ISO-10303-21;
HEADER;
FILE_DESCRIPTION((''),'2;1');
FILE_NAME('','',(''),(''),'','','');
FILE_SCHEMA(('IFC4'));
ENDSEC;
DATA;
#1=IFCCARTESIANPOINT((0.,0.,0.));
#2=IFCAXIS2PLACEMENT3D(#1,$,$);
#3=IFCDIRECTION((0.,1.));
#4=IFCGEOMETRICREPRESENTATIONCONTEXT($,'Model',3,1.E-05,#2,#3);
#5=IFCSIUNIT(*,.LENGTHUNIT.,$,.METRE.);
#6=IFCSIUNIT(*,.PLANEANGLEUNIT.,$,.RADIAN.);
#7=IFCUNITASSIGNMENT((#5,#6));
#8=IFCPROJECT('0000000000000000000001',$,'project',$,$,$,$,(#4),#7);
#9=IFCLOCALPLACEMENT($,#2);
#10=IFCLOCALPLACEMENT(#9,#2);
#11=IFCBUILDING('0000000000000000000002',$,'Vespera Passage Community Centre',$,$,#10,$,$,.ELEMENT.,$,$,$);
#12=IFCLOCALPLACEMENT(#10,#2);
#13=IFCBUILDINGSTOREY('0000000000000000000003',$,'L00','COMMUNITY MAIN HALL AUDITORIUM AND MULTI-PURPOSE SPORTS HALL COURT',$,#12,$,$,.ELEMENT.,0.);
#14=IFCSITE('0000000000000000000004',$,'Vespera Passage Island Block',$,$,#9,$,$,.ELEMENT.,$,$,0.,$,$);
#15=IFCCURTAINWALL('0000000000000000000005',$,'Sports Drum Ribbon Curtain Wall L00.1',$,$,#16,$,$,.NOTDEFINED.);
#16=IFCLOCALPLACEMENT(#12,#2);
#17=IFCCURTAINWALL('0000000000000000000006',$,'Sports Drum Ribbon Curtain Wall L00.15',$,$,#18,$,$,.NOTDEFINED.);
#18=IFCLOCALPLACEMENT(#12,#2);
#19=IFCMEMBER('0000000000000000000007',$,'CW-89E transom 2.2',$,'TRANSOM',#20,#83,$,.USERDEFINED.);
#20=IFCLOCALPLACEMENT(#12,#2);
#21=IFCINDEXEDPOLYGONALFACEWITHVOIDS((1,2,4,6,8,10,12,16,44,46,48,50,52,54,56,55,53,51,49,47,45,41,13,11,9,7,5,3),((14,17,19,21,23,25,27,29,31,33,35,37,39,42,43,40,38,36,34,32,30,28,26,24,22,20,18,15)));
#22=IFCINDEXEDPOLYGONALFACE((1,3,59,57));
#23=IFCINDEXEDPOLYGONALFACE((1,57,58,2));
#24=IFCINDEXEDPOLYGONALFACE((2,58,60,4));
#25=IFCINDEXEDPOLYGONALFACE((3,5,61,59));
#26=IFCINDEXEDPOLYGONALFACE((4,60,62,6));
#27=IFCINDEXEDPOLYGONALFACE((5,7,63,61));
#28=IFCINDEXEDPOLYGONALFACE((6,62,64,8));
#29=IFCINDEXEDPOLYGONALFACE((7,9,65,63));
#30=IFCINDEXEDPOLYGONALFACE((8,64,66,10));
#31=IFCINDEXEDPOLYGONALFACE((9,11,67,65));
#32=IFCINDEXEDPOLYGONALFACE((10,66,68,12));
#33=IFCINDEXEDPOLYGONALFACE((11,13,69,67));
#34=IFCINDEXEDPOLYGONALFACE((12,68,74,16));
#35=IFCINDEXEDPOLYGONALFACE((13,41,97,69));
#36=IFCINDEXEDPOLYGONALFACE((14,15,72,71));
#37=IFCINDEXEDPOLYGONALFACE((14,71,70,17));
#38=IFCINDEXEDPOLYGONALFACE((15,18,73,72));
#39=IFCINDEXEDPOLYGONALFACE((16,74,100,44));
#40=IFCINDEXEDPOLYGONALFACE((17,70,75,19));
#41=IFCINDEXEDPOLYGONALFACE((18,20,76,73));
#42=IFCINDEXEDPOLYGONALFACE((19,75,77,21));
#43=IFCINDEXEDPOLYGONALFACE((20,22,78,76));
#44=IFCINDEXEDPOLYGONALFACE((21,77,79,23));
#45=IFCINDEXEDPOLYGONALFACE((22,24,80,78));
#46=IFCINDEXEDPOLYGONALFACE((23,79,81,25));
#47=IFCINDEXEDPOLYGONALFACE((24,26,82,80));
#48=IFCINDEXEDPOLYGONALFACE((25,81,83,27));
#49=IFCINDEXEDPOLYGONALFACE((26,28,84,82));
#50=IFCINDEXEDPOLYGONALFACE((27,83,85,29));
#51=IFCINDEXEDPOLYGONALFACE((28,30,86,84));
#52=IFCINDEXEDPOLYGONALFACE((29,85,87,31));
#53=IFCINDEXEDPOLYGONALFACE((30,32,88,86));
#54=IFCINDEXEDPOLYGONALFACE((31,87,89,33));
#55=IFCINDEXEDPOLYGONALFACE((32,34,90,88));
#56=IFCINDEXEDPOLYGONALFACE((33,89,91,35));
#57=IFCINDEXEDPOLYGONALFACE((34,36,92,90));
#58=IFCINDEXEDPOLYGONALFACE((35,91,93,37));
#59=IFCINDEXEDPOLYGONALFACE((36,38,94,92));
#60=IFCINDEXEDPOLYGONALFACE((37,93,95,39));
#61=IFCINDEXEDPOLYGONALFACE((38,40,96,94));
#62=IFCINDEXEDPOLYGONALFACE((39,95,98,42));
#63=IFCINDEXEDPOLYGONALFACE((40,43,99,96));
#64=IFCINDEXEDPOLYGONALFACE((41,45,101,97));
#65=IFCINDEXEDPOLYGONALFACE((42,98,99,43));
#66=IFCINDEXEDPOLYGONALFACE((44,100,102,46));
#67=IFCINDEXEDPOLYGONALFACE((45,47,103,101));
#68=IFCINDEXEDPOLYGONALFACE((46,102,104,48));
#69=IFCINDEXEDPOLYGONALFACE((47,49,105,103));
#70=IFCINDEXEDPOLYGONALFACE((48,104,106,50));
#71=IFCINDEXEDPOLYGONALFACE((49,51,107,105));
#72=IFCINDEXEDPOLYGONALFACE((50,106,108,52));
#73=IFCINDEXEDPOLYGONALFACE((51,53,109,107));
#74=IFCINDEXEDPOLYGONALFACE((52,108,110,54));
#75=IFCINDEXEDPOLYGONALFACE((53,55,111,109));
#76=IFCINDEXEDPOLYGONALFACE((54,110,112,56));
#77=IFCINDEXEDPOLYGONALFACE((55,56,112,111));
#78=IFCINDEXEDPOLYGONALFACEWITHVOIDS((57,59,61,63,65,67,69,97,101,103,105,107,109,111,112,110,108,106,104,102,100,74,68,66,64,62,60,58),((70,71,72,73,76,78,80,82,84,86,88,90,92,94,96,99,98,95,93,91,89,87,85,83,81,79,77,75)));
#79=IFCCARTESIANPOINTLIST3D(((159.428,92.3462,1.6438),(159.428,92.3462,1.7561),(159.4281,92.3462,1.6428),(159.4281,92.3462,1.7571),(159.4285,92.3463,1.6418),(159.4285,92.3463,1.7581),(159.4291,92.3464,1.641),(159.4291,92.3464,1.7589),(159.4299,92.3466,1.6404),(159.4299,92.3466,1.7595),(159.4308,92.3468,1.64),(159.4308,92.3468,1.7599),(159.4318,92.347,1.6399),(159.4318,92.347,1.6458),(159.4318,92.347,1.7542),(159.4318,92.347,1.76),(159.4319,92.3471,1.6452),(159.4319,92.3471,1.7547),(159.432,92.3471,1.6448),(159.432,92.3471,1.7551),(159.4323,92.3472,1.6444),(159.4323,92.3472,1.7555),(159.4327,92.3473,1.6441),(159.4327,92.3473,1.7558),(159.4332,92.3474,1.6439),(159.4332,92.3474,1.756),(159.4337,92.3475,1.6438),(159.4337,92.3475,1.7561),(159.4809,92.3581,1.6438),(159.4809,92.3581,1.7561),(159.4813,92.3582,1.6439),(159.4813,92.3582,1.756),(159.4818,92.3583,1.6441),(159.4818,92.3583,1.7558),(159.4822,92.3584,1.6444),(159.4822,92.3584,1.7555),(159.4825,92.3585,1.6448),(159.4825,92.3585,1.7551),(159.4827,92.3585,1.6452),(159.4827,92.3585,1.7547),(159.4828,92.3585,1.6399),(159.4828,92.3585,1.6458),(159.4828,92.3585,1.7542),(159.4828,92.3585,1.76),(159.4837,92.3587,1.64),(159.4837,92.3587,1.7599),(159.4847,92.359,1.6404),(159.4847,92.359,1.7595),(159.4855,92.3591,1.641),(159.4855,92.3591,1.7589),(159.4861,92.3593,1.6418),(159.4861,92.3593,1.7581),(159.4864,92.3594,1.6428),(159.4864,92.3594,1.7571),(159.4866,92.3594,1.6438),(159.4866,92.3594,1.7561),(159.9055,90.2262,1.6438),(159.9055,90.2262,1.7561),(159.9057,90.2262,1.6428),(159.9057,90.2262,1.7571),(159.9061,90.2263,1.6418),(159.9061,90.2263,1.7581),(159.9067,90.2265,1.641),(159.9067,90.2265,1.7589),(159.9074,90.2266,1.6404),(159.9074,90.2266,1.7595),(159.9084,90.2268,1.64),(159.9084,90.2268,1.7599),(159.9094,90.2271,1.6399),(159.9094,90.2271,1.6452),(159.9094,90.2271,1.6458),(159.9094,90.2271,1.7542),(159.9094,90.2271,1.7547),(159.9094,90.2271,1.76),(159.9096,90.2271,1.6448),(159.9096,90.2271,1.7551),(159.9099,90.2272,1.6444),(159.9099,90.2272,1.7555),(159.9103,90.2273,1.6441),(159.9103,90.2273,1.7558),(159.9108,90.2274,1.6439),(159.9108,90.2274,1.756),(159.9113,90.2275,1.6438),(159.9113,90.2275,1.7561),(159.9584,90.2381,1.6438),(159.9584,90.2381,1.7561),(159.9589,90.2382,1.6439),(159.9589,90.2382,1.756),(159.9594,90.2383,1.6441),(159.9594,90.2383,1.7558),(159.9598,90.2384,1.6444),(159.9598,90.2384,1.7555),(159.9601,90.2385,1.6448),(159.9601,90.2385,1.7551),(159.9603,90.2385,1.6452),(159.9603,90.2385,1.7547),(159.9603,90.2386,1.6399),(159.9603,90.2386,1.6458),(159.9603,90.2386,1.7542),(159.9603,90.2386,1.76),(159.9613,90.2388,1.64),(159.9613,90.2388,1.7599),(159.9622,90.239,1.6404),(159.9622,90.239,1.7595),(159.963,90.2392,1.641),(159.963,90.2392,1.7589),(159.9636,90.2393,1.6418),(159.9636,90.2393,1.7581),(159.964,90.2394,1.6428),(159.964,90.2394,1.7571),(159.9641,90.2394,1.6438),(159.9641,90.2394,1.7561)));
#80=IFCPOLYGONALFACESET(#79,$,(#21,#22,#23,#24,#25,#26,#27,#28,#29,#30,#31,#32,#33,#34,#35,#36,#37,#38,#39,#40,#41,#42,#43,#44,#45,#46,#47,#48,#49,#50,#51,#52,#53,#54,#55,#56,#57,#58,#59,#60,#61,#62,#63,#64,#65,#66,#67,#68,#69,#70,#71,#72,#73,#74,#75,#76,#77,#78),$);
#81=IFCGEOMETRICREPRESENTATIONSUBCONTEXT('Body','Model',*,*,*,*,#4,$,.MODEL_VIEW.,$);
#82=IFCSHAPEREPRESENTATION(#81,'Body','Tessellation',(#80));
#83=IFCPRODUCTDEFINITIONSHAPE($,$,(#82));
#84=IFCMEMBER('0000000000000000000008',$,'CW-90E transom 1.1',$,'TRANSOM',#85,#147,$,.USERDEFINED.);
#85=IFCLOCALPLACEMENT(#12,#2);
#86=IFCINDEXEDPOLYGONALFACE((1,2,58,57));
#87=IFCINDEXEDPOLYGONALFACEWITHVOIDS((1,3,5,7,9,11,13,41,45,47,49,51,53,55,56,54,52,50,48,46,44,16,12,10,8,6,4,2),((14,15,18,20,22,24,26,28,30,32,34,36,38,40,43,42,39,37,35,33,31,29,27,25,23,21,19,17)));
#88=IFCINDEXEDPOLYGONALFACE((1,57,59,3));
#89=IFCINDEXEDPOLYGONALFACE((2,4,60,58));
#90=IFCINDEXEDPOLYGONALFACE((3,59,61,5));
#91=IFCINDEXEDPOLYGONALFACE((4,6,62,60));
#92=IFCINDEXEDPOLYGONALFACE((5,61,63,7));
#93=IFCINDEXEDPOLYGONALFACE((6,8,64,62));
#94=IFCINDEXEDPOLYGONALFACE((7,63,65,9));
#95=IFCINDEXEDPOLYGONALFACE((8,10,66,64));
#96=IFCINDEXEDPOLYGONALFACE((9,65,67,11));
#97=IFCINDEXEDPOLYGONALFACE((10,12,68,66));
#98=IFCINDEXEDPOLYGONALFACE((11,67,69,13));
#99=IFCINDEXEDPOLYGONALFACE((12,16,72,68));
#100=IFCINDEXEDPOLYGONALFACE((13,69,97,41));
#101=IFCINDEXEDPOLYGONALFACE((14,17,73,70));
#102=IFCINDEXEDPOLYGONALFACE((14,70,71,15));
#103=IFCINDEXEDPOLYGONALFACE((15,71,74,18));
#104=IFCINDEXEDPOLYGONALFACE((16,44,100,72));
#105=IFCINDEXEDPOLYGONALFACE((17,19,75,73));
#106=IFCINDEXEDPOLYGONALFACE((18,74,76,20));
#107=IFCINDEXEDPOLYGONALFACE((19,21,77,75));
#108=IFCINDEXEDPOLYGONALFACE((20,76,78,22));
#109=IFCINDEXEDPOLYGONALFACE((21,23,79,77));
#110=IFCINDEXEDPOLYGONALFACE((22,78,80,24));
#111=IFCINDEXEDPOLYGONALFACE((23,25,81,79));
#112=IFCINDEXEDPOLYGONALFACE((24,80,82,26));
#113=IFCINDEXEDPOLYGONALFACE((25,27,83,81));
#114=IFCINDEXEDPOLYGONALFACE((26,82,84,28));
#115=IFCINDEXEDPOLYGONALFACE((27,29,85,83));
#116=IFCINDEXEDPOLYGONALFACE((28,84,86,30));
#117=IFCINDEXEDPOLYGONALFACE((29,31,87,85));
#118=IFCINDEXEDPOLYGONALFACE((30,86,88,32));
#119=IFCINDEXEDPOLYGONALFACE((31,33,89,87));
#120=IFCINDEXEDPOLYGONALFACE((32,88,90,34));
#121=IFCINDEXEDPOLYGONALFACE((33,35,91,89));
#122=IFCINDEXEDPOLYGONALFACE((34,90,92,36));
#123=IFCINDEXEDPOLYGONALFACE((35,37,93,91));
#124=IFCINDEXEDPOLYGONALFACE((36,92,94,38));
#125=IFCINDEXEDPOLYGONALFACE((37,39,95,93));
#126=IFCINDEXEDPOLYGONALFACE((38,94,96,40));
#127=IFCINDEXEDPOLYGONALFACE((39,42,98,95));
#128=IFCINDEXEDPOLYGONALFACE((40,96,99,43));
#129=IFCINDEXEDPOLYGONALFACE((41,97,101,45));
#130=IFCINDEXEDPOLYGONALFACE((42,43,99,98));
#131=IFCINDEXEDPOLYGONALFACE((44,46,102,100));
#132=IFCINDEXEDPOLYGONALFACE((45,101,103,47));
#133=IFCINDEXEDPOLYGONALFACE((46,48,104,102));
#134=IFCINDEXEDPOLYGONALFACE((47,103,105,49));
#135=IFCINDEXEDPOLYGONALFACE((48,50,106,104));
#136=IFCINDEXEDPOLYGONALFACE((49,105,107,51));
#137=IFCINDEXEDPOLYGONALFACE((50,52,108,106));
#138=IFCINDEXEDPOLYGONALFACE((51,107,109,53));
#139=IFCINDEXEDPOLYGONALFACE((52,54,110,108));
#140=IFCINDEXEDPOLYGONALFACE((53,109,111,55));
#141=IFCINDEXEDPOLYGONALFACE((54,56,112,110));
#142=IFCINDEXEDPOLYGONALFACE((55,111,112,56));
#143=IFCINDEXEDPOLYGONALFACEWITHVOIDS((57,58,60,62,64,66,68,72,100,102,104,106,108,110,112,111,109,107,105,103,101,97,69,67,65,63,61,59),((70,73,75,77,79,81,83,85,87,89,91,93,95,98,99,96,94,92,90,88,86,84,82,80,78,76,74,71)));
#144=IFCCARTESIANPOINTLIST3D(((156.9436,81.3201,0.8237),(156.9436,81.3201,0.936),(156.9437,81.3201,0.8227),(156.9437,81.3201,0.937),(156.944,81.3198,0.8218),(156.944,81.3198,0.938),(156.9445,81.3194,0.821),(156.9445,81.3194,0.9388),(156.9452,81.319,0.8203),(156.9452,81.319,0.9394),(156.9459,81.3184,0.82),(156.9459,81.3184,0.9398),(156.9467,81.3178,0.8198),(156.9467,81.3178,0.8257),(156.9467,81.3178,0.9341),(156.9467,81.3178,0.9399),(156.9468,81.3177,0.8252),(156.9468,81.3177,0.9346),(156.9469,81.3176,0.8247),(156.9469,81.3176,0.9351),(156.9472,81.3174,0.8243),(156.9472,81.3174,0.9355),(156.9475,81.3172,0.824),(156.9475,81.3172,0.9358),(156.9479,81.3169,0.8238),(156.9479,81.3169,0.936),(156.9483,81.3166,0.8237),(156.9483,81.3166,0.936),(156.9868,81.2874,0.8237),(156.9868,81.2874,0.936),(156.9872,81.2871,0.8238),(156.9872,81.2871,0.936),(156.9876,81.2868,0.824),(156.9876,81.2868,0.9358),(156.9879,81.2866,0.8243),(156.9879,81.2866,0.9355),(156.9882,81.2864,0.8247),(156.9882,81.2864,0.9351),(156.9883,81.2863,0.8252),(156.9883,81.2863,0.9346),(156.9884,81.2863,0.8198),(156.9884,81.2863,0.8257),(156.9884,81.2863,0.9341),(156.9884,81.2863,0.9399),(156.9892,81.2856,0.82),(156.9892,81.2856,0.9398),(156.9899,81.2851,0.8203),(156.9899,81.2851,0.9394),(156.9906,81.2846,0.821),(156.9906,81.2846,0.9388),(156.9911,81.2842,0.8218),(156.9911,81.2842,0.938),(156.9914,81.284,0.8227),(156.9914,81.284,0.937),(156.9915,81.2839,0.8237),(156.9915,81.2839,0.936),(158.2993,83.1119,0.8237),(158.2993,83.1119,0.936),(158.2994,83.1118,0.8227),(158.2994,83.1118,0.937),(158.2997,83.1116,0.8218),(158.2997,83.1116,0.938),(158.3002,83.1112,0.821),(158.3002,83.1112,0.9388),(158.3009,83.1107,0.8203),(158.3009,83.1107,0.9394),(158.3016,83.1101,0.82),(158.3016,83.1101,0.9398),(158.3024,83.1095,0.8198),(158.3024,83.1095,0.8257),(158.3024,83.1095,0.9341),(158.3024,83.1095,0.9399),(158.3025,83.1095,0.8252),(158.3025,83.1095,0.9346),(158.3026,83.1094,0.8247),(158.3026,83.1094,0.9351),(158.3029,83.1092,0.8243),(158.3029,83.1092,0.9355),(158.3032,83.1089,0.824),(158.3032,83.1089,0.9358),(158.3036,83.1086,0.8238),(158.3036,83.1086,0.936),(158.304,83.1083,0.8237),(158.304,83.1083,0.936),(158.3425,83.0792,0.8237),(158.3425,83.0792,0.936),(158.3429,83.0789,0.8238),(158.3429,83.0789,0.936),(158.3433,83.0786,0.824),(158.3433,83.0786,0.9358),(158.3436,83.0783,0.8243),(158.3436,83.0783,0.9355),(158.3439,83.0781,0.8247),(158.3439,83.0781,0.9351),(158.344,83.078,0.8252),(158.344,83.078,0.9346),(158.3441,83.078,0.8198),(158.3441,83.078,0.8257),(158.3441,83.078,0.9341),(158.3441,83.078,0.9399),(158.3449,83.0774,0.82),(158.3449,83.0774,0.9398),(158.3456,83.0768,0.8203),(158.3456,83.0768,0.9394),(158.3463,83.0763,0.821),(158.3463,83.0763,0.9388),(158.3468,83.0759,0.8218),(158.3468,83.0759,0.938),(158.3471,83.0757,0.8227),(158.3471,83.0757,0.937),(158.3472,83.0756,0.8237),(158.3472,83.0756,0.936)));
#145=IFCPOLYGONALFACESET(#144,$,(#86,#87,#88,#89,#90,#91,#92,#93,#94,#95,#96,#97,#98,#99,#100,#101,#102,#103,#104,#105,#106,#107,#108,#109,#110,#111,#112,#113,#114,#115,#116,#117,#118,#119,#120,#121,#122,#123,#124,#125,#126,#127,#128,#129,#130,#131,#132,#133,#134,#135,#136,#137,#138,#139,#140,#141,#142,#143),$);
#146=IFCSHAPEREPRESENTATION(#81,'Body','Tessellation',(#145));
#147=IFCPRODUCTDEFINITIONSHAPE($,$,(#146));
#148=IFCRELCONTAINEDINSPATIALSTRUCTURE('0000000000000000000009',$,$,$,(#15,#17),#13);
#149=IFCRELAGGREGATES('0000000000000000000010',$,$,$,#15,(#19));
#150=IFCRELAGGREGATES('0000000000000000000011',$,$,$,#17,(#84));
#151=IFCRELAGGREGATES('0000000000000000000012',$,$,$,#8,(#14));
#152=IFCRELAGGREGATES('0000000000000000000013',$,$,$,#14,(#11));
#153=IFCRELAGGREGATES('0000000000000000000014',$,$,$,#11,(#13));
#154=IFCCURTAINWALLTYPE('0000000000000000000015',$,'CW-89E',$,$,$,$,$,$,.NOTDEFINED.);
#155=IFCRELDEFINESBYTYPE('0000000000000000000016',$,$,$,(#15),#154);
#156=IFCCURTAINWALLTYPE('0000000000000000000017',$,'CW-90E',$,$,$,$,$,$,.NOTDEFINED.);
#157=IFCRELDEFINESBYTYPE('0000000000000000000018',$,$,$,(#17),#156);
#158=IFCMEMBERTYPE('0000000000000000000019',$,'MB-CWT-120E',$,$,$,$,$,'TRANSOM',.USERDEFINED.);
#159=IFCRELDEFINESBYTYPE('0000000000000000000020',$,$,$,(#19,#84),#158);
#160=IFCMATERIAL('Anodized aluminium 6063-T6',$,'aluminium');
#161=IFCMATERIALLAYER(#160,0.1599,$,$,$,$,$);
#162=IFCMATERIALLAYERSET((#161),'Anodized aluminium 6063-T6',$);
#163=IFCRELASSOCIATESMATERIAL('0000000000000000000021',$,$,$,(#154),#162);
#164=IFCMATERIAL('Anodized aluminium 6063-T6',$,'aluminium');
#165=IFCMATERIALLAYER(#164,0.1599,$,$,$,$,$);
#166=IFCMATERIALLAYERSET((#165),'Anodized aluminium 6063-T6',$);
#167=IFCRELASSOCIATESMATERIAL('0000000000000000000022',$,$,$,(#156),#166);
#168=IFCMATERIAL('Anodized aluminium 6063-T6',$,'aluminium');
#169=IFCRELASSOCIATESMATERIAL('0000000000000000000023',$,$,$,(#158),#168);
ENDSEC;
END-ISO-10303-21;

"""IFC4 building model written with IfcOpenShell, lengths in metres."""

from ifc_helpers import new_model, si_unit, direction, frame, origin, origin_2d, place, context, subcontext, project, spatial, hollow_rectangle, extrude, material, layer, layer_set, material_profile, profile_set, type_object, element, aggregate, save


model = new_model("IFC4")

# Units and contexts
model_context = context("Model", 3, precision=1e-05, world=origin(), true_north=direction((0.0, 1.0)))
body_context = subcontext(model_context, "Body", "Model", "MODEL_VIEW")
ifc_project = project(units=[si_unit("LENGTHUNIT", "METRE"), si_unit("PLANEANGLEUNIT", "RADIAN")], contexts=[model_context])

# Site, building, storey
site_placement = place(None, origin())
site = spatial("IfcSite", under=ifc_project, at=site_placement, Name="Vespera Passage Island Block", CompositionType="ELEMENT", RefElevation=0.0)
building_placement = place(site_placement, origin())
building = spatial("IfcBuilding", under=site, at=building_placement, Name="Vespera Passage Community Centre", CompositionType="ELEMENT")
storey_placement = place(building_placement, origin())
storey = spatial("IfcBuildingStorey", under=building, at=storey_placement, Name="L00", Description="COMMUNITY MAIN HALL AUDITORIUM AND MULTI-PURPOSE SPORTS HALL COURT", CompositionType="ELEMENT", Elevation=0.0)

# Curtain wall
ifc_material_1 = material(Name="Anodized aluminium 6063-T6", Category="aluminium")
ifc_layer_1 = layer(ifc_material_1, 0.1599)
ifc_layer_set_1 = layer_set([ifc_layer_1], Name="Anodized aluminium 6063-T6")
curtain_wall_type_1 = type_object("IfcCurtainWallType", Name="CW-89E", PredefinedType="NOTDEFINED", material=ifc_layer_set_1)
curtain_wall_1_placement = place(storey_placement, origin())
curtain_wall_1 = element("IfcCurtainWall", 1, at=curtain_wall_1_placement, inside=storey, type_object=curtain_wall_type_1, Name="Sports Drum Ribbon Curtain Wall L00.1", PredefinedType="NOTDEFINED")

# Curtain wall
ifc_material_2 = material(Name="Anodized aluminium 6063-T6", Category="aluminium")
ifc_layer_2 = layer(ifc_material_2, 0.1599)
ifc_layer_set_2 = layer_set([ifc_layer_2], Name="Anodized aluminium 6063-T6")
curtain_wall_type_2 = type_object("IfcCurtainWallType", Name="CW-90E", PredefinedType="NOTDEFINED", material=ifc_layer_set_2)
curtain_wall_2_placement = place(storey_placement, origin())
curtain_wall_2 = element("IfcCurtainWall", 2, at=curtain_wall_2_placement, inside=storey, type_object=curtain_wall_type_2, Name="Sports Drum Ribbon Curtain Wall L00.15", PredefinedType="NOTDEFINED")

# Members
ifc_material_3 = material(Name="Anodized aluminium 6063-T6", Category="aluminium")
ifc_material_profile_1 = material_profile(ifc_material_3, hollow_rectangle(XDim=0.0601, YDim=0.1201, WallThickness=0.0039, InnerFilletRadius=0.002, OuterFilletRadius=0.0039, at=origin_2d()), Name="ALU120X60X4")
ifc_profile_set_1 = profile_set([ifc_material_profile_1], Name="Anodized aluminium 6063-T6")
member_type_1 = type_object("IfcMemberType", Name="MB-CWT-120E", ElementType="TRANSOM", PredefinedType="USERDEFINED", material=ifc_profile_set_1)
member_1_placement = place(storey_placement, frame((159.4573, 92.3528, 1.7), z_axis=(0.219761, -0.975554, 0.0), x_axis=(0.975554, 0.219761, 0.0)))
member_1 = element("IfcMember", 3, at=member_1_placement, type_object=member_type_1, Name="CW-89E transom 2.2", ObjectType="TRANSOM", PredefinedType="USERDEFINED", context=body_context, shape_type="SweptSolid", body=[
    extrude(hollow_rectangle(XDim=0.0601, YDim=0.1201, WallThickness=0.0039, InnerFilletRadius=0.002, OuterFilletRadius=0.0039, at=origin_2d()), origin(), (0.0, 0.0, 1.0), 2.1731),
])
member_2_placement = place(storey_placement, frame((158.3232, 83.0938, 0.8799), z_axis=(-0.603385, -0.79745, 0.0), x_axis=(0.79745, -0.603385, 0.0)))
member_2 = element("IfcMember", 4, at=member_2_placement, type_object=member_type_1, Name="CW-90E transom 1.1", ObjectType="TRANSOM", PredefinedType="USERDEFINED", context=body_context, shape_type="SweptSolid", body=[
    extrude(hollow_rectangle(XDim=0.0601, YDim=0.1201, WallThickness=0.0039, InnerFilletRadius=0.002, OuterFilletRadius=0.0039, at=origin_2d()), origin(), (0.0, 0.0, 1.0), 2.2468),
])

aggregate(curtain_wall_1, [member_1])
aggregate(curtain_wall_2, [member_2])

save(model, "model.ifc")
